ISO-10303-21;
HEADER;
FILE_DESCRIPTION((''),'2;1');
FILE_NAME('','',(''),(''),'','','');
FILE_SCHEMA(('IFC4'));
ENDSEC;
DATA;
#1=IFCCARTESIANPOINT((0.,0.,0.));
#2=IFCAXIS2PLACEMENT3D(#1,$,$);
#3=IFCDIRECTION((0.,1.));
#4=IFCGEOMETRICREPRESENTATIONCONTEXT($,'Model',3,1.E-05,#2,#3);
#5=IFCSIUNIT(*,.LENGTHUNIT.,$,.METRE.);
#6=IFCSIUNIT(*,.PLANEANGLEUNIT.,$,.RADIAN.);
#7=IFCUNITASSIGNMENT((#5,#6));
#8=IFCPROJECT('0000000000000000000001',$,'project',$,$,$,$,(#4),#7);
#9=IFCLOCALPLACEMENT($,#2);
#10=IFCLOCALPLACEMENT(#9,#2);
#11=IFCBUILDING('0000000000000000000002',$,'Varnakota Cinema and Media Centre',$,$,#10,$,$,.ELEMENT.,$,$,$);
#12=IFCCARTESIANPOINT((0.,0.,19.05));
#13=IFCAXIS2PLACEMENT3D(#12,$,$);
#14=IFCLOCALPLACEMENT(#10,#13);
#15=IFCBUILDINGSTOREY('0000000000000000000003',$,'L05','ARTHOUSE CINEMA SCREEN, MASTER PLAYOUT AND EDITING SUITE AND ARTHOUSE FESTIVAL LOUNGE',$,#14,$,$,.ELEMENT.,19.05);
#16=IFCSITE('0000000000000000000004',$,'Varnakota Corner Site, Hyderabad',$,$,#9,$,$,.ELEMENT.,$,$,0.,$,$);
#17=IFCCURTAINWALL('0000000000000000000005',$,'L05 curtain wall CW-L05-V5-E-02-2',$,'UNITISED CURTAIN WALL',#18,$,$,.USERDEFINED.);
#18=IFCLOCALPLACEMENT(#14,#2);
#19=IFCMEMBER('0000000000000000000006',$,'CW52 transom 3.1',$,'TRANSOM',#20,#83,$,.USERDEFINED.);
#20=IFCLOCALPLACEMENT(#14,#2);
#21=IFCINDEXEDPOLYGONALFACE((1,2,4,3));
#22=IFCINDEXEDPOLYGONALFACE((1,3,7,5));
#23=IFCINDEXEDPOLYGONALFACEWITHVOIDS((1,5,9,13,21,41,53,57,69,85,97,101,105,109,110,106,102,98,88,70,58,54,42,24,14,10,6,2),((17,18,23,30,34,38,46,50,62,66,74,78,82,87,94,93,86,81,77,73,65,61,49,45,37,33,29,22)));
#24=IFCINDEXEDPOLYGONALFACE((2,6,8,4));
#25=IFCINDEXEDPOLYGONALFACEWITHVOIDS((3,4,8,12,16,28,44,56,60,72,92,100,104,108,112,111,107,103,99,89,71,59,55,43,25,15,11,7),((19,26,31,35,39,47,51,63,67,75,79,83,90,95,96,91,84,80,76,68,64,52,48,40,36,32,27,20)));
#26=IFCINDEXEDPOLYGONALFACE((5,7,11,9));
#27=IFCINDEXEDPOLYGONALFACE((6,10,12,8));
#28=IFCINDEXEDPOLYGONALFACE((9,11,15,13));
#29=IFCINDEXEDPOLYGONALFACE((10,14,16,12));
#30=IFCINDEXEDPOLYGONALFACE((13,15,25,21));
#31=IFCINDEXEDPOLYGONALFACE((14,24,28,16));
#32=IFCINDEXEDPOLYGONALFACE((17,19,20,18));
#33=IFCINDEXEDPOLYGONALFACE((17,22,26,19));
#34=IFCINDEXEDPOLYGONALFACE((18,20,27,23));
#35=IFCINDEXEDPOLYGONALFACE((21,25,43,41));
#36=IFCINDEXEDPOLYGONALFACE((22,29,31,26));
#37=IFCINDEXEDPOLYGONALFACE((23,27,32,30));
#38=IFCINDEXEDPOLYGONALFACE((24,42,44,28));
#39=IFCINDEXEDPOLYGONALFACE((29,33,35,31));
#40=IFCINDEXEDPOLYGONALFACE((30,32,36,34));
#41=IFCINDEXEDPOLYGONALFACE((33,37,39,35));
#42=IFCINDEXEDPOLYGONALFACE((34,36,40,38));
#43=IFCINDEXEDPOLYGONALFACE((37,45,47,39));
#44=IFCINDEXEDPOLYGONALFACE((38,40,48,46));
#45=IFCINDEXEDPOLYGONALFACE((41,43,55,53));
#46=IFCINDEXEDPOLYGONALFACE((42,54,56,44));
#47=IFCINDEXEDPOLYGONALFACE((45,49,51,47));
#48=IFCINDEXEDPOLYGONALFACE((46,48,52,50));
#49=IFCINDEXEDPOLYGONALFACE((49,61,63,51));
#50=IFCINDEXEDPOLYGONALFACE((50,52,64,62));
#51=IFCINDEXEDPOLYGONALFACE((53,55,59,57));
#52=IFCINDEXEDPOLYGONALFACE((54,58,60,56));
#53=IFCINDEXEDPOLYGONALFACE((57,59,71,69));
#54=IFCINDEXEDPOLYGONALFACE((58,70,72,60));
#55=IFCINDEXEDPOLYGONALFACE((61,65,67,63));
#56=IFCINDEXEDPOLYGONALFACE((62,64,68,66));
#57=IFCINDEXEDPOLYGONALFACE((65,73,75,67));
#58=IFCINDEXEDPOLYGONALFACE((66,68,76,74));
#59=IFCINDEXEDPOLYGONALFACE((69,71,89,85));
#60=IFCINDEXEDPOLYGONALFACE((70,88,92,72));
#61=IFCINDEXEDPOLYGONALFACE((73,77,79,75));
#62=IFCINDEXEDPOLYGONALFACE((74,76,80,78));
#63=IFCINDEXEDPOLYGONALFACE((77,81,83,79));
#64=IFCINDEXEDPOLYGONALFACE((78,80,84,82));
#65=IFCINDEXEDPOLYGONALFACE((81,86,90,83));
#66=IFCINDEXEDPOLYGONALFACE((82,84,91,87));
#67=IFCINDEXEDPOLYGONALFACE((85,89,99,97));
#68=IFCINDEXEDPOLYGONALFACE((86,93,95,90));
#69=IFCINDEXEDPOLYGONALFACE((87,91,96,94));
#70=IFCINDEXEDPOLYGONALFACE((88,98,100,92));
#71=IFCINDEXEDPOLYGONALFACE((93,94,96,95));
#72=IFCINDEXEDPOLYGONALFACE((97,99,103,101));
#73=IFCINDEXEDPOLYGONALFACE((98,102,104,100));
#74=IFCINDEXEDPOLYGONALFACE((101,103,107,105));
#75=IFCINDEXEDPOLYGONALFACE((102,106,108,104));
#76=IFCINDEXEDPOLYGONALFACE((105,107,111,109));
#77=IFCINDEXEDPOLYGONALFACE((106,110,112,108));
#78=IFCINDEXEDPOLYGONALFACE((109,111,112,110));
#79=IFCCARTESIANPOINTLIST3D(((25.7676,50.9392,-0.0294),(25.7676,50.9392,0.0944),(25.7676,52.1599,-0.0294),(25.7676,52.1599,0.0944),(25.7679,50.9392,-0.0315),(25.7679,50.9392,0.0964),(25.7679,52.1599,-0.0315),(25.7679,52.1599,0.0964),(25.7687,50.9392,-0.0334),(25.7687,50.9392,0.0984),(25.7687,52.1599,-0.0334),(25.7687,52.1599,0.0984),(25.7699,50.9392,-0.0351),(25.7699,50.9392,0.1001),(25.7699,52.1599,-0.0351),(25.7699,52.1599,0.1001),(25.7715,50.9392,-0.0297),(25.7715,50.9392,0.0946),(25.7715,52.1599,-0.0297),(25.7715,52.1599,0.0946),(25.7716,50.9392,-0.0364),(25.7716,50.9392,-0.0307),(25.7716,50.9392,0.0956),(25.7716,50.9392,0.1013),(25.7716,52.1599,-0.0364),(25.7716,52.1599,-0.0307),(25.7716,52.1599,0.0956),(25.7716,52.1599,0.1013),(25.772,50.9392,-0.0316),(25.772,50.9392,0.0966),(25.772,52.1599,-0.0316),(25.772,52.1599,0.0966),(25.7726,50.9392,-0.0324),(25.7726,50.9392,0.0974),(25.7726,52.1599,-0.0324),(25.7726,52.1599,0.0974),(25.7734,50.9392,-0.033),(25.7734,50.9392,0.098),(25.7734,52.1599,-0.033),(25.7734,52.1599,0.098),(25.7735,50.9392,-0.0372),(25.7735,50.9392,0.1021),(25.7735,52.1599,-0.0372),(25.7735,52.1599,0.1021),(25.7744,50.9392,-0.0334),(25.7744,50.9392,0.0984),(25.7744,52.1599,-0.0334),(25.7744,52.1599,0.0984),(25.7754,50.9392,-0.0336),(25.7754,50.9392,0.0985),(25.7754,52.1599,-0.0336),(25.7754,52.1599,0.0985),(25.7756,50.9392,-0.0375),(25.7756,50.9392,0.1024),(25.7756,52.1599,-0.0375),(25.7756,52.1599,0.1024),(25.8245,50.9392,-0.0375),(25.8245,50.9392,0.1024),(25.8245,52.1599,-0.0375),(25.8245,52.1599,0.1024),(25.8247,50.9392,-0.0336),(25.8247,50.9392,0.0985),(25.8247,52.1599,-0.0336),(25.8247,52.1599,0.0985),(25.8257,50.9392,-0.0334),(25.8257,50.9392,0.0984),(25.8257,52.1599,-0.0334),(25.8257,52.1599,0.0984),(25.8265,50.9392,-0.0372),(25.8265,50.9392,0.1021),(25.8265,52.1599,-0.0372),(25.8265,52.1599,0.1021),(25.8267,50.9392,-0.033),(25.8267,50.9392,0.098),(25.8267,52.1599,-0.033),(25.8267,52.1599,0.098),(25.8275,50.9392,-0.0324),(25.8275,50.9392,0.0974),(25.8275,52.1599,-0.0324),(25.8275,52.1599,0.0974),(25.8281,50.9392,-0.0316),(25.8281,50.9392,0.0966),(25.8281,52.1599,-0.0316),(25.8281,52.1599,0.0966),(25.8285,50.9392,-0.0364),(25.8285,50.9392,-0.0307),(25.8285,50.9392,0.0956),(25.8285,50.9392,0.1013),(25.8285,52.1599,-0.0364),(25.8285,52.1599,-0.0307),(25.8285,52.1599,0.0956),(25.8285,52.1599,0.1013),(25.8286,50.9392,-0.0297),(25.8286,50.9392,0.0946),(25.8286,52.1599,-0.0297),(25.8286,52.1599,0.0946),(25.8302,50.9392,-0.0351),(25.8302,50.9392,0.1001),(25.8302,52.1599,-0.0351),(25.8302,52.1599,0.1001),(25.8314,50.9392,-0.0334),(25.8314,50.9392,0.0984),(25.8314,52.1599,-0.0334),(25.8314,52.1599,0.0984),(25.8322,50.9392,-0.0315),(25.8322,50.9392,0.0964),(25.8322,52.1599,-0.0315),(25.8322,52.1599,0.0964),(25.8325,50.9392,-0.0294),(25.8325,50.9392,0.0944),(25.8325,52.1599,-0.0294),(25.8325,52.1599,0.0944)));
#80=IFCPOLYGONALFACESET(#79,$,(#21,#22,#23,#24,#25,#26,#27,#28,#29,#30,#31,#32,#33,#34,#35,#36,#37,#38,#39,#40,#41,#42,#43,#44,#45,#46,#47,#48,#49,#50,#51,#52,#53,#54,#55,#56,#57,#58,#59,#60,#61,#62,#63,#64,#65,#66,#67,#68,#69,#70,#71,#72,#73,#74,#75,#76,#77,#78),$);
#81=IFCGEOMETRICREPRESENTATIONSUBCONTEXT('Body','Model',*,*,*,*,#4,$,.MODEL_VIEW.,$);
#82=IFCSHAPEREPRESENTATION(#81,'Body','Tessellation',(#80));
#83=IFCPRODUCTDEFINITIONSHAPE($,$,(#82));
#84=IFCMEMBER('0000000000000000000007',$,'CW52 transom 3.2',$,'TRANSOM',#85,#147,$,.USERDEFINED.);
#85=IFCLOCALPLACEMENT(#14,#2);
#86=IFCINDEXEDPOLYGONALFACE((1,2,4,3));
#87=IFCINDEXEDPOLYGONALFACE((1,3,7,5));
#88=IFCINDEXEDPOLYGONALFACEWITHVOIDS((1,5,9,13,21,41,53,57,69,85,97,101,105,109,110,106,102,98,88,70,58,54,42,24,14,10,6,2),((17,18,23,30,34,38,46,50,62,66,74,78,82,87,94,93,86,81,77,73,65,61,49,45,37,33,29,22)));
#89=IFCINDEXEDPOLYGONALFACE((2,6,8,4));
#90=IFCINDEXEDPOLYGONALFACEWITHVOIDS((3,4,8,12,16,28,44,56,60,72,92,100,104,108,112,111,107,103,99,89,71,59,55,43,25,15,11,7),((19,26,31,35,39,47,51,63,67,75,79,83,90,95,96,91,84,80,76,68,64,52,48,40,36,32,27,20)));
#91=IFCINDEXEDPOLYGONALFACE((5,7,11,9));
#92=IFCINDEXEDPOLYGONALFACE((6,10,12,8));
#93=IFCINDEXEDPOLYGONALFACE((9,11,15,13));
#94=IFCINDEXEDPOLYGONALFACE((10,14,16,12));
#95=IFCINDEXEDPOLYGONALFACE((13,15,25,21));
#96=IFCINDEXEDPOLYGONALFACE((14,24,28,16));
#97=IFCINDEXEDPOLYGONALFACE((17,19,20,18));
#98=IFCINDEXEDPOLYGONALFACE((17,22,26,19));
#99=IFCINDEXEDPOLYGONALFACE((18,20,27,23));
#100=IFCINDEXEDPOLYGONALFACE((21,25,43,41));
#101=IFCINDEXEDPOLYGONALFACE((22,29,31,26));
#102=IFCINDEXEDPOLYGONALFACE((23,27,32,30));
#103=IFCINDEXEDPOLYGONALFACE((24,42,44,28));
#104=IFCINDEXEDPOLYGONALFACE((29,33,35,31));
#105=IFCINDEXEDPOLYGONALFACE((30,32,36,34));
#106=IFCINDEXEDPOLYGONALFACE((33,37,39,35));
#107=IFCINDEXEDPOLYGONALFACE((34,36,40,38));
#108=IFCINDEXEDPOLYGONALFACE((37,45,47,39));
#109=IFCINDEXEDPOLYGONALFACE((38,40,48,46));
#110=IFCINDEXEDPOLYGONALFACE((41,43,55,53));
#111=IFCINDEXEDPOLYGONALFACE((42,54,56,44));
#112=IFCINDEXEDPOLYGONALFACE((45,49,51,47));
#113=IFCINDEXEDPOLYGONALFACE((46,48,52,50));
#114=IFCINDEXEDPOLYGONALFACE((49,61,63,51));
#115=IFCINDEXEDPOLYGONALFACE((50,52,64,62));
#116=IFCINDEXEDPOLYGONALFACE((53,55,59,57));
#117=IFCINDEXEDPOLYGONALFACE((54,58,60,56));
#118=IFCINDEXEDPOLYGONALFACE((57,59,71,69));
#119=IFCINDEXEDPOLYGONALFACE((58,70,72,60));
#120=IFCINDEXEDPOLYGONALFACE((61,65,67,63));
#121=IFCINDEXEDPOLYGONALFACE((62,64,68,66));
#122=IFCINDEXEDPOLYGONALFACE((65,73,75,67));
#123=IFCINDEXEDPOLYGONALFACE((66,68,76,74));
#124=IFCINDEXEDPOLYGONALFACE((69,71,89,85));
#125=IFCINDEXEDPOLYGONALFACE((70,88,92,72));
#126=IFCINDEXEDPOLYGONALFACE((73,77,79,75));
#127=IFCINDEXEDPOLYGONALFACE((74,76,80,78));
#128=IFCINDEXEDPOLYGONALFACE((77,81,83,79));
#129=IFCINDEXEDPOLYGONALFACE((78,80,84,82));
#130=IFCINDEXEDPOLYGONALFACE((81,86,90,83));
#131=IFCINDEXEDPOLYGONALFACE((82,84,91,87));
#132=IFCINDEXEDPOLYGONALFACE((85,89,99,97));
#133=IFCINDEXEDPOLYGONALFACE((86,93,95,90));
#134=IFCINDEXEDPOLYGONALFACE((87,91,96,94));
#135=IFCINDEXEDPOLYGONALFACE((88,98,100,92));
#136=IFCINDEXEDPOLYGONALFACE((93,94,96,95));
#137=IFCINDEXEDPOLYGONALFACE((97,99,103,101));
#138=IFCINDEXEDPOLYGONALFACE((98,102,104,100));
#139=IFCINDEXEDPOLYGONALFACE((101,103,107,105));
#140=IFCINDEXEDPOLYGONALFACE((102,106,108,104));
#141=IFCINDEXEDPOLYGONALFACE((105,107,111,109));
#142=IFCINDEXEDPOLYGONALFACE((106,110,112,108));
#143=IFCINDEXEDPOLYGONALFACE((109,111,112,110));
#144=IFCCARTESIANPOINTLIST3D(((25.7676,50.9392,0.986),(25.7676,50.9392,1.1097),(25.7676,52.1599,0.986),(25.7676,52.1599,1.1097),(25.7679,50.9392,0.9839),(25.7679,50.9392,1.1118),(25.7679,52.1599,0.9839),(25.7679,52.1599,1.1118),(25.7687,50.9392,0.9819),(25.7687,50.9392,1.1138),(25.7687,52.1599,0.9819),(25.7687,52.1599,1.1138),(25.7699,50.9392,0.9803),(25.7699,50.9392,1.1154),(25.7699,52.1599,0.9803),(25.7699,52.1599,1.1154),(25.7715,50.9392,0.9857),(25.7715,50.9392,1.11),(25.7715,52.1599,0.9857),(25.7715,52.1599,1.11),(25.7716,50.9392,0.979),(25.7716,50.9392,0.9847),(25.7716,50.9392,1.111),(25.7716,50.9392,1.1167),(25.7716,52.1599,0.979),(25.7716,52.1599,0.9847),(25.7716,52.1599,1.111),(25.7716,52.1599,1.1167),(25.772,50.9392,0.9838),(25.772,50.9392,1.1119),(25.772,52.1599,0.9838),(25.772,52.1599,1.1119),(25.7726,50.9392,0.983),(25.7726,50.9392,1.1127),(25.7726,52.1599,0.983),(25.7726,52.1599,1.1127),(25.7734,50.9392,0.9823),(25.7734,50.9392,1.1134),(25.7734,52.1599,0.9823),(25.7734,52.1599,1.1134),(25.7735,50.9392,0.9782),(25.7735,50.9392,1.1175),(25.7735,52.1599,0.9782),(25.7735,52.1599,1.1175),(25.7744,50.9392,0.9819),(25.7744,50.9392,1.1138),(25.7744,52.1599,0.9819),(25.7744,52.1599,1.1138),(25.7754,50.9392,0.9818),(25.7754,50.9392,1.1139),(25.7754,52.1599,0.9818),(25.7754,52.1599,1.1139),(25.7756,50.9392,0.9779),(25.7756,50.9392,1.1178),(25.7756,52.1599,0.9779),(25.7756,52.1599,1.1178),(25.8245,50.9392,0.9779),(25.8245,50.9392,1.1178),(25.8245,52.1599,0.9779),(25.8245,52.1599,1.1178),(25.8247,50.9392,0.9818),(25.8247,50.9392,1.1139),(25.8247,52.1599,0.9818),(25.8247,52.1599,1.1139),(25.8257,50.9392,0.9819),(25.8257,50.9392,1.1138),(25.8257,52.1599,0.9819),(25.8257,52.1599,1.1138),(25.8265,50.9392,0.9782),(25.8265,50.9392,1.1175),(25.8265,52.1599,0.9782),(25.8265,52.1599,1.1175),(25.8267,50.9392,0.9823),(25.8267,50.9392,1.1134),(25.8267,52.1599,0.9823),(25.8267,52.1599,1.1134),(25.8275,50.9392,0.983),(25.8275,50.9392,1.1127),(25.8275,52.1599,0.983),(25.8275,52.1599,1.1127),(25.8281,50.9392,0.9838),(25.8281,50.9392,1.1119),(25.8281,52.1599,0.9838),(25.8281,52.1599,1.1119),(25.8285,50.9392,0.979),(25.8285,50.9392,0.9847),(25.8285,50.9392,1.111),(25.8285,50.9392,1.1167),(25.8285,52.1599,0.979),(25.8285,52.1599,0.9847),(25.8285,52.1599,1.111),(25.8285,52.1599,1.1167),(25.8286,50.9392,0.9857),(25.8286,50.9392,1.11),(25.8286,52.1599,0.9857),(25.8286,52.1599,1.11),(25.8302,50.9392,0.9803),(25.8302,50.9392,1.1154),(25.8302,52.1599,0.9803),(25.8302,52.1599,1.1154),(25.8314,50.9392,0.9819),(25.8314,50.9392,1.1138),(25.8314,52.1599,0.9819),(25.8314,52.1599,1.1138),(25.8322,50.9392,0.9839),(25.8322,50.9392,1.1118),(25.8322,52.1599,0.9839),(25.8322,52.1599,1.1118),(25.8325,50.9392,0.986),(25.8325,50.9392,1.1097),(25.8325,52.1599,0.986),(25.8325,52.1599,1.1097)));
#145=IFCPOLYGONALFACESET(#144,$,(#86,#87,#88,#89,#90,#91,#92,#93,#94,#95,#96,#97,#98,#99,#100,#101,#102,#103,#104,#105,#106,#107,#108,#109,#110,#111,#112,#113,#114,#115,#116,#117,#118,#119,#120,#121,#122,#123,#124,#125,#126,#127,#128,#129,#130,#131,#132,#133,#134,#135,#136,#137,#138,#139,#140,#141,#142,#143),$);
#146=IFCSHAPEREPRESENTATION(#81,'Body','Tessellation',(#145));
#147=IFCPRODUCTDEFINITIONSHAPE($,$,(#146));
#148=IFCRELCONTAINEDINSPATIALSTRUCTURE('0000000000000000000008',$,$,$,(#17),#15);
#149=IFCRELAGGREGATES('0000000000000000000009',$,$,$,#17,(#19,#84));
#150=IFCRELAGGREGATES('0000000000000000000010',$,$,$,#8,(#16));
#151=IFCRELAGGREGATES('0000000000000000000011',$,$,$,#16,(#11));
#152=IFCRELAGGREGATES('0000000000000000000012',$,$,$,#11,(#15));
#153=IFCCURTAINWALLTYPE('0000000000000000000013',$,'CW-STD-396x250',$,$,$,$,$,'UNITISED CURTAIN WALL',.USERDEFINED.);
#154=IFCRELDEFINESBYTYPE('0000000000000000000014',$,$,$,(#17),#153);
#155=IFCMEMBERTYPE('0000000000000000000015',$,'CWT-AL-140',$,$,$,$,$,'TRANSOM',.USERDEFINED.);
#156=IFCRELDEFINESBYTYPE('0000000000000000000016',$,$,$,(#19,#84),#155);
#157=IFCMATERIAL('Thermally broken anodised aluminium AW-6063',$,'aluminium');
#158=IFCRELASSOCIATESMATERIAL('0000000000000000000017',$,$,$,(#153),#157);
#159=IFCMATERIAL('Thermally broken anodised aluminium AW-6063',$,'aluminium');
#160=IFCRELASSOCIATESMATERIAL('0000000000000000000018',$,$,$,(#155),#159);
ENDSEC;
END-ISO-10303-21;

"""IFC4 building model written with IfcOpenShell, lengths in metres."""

from ifc_helpers import new_model, si_unit, direction, frame, origin, origin_2d, place, context, subcontext, project, spatial, hollow_rectangle, extrude, material, material_profile, profile_set, type_object, element, aggregate, save


model = new_model("IFC4")

# Units and contexts
model_context = context("Model", 3, precision=1e-05, world=origin(), true_north=direction((0.0, 1.0)))
body_context = subcontext(model_context, "Body", "Model", "MODEL_VIEW")
ifc_project = project(units=[si_unit("LENGTHUNIT", "METRE"), si_unit("PLANEANGLEUNIT", "RADIAN")], contexts=[model_context])

# Site, building, storey
site_placement = place(None, origin())
site = spatial("IfcSite", under=ifc_project, at=site_placement, Name="Varnakota Corner Site, Hyderabad", CompositionType="ELEMENT", RefElevation=0.0)
building_placement = place(site_placement, origin())
building = spatial("IfcBuilding", under=site, at=building_placement, Name="Varnakota Cinema and Media Centre", CompositionType="ELEMENT")
storey_placement = place(building_placement, frame((0.0, 0.0, 19.05)))
storey = spatial("IfcBuildingStorey", under=building, at=storey_placement, Name="L05", Description="ARTHOUSE CINEMA SCREEN, MASTER PLAYOUT AND EDITING SUITE AND ARTHOUSE FESTIVAL LOUNGE", CompositionType="ELEMENT", Elevation=19.05)

# Curtain wall
ifc_material_1 = material(Name="Thermally broken anodised aluminium AW-6063", Category="aluminium")
curtain_wall_type_1 = type_object("IfcCurtainWallType", Name="CW-STD-396x250", ElementType="UNITISED CURTAIN WALL", PredefinedType="USERDEFINED", material=ifc_material_1)
curtain_wall_1_placement = place(storey_placement, origin())
curtain_wall_1 = element("IfcCurtainWall", 1, at=curtain_wall_1_placement, inside=storey, type_object=curtain_wall_type_1, Name="L05 curtain wall CW-L05-V5-E-02-2", ObjectType="UNITISED CURTAIN WALL", PredefinedType="USERDEFINED")

# Members
ifc_material_2 = material(Name="Thermally broken anodised aluminium AW-6063", Category="aluminium")
ifc_material_profile_1 = material_profile(ifc_material_2, hollow_rectangle(XDim=0.0649, YDim=0.1399, WallThickness=0.0039, InnerFilletRadius=0.0039, OuterFilletRadius=0.0081, at=origin_2d()), Name="AL-TRANSOM 140x65x4")
ifc_profile_set_1 = profile_set([ifc_material_profile_1], Name="Thermally broken anodised aluminium AW-6063")
member_type_1 = type_object("IfcMemberType", Name="CWT-AL-140", ElementType="TRANSOM", PredefinedType="USERDEFINED", material=ifc_profile_set_1)
member_1_placement = place(storey_placement, frame((25.8, 50.9392, 0.0325), z_axis=(0.0, 1.0, 0.0), x_axis=(-1.0, 0.0, 0.0)))
member_1 = element("IfcMember", 2, at=member_1_placement, type_object=member_type_1, Name="CW52 transom 3.1", ObjectType="TRANSOM", PredefinedType="USERDEFINED", context=body_context, shape_type="SweptSolid", body=[
    extrude(hollow_rectangle(XDim=0.0649, YDim=0.1399, WallThickness=0.0039, InnerFilletRadius=0.0039, OuterFilletRadius=0.0081, at=origin_2d()), origin(), (0.0, 0.0, 1.0), 1.2207),
])
member_2_placement = place(storey_placement, frame((25.8, 50.9392, 1.0479), z_axis=(0.0, 1.0, 0.0), x_axis=(-1.0, 0.0, 0.0)))
member_2 = element("IfcMember", 3, at=member_2_placement, type_object=member_type_1, Name="CW52 transom 3.2", ObjectType="TRANSOM", PredefinedType="USERDEFINED", context=body_context, shape_type="SweptSolid", body=[
    extrude(hollow_rectangle(XDim=0.0649, YDim=0.1399, WallThickness=0.0039, InnerFilletRadius=0.0039, OuterFilletRadius=0.0081, at=origin_2d()), origin(), (0.0, 0.0, 1.0), 1.2207),
])

aggregate(curtain_wall_1, [member_1, member_2])

save(model, "model.ifc")
